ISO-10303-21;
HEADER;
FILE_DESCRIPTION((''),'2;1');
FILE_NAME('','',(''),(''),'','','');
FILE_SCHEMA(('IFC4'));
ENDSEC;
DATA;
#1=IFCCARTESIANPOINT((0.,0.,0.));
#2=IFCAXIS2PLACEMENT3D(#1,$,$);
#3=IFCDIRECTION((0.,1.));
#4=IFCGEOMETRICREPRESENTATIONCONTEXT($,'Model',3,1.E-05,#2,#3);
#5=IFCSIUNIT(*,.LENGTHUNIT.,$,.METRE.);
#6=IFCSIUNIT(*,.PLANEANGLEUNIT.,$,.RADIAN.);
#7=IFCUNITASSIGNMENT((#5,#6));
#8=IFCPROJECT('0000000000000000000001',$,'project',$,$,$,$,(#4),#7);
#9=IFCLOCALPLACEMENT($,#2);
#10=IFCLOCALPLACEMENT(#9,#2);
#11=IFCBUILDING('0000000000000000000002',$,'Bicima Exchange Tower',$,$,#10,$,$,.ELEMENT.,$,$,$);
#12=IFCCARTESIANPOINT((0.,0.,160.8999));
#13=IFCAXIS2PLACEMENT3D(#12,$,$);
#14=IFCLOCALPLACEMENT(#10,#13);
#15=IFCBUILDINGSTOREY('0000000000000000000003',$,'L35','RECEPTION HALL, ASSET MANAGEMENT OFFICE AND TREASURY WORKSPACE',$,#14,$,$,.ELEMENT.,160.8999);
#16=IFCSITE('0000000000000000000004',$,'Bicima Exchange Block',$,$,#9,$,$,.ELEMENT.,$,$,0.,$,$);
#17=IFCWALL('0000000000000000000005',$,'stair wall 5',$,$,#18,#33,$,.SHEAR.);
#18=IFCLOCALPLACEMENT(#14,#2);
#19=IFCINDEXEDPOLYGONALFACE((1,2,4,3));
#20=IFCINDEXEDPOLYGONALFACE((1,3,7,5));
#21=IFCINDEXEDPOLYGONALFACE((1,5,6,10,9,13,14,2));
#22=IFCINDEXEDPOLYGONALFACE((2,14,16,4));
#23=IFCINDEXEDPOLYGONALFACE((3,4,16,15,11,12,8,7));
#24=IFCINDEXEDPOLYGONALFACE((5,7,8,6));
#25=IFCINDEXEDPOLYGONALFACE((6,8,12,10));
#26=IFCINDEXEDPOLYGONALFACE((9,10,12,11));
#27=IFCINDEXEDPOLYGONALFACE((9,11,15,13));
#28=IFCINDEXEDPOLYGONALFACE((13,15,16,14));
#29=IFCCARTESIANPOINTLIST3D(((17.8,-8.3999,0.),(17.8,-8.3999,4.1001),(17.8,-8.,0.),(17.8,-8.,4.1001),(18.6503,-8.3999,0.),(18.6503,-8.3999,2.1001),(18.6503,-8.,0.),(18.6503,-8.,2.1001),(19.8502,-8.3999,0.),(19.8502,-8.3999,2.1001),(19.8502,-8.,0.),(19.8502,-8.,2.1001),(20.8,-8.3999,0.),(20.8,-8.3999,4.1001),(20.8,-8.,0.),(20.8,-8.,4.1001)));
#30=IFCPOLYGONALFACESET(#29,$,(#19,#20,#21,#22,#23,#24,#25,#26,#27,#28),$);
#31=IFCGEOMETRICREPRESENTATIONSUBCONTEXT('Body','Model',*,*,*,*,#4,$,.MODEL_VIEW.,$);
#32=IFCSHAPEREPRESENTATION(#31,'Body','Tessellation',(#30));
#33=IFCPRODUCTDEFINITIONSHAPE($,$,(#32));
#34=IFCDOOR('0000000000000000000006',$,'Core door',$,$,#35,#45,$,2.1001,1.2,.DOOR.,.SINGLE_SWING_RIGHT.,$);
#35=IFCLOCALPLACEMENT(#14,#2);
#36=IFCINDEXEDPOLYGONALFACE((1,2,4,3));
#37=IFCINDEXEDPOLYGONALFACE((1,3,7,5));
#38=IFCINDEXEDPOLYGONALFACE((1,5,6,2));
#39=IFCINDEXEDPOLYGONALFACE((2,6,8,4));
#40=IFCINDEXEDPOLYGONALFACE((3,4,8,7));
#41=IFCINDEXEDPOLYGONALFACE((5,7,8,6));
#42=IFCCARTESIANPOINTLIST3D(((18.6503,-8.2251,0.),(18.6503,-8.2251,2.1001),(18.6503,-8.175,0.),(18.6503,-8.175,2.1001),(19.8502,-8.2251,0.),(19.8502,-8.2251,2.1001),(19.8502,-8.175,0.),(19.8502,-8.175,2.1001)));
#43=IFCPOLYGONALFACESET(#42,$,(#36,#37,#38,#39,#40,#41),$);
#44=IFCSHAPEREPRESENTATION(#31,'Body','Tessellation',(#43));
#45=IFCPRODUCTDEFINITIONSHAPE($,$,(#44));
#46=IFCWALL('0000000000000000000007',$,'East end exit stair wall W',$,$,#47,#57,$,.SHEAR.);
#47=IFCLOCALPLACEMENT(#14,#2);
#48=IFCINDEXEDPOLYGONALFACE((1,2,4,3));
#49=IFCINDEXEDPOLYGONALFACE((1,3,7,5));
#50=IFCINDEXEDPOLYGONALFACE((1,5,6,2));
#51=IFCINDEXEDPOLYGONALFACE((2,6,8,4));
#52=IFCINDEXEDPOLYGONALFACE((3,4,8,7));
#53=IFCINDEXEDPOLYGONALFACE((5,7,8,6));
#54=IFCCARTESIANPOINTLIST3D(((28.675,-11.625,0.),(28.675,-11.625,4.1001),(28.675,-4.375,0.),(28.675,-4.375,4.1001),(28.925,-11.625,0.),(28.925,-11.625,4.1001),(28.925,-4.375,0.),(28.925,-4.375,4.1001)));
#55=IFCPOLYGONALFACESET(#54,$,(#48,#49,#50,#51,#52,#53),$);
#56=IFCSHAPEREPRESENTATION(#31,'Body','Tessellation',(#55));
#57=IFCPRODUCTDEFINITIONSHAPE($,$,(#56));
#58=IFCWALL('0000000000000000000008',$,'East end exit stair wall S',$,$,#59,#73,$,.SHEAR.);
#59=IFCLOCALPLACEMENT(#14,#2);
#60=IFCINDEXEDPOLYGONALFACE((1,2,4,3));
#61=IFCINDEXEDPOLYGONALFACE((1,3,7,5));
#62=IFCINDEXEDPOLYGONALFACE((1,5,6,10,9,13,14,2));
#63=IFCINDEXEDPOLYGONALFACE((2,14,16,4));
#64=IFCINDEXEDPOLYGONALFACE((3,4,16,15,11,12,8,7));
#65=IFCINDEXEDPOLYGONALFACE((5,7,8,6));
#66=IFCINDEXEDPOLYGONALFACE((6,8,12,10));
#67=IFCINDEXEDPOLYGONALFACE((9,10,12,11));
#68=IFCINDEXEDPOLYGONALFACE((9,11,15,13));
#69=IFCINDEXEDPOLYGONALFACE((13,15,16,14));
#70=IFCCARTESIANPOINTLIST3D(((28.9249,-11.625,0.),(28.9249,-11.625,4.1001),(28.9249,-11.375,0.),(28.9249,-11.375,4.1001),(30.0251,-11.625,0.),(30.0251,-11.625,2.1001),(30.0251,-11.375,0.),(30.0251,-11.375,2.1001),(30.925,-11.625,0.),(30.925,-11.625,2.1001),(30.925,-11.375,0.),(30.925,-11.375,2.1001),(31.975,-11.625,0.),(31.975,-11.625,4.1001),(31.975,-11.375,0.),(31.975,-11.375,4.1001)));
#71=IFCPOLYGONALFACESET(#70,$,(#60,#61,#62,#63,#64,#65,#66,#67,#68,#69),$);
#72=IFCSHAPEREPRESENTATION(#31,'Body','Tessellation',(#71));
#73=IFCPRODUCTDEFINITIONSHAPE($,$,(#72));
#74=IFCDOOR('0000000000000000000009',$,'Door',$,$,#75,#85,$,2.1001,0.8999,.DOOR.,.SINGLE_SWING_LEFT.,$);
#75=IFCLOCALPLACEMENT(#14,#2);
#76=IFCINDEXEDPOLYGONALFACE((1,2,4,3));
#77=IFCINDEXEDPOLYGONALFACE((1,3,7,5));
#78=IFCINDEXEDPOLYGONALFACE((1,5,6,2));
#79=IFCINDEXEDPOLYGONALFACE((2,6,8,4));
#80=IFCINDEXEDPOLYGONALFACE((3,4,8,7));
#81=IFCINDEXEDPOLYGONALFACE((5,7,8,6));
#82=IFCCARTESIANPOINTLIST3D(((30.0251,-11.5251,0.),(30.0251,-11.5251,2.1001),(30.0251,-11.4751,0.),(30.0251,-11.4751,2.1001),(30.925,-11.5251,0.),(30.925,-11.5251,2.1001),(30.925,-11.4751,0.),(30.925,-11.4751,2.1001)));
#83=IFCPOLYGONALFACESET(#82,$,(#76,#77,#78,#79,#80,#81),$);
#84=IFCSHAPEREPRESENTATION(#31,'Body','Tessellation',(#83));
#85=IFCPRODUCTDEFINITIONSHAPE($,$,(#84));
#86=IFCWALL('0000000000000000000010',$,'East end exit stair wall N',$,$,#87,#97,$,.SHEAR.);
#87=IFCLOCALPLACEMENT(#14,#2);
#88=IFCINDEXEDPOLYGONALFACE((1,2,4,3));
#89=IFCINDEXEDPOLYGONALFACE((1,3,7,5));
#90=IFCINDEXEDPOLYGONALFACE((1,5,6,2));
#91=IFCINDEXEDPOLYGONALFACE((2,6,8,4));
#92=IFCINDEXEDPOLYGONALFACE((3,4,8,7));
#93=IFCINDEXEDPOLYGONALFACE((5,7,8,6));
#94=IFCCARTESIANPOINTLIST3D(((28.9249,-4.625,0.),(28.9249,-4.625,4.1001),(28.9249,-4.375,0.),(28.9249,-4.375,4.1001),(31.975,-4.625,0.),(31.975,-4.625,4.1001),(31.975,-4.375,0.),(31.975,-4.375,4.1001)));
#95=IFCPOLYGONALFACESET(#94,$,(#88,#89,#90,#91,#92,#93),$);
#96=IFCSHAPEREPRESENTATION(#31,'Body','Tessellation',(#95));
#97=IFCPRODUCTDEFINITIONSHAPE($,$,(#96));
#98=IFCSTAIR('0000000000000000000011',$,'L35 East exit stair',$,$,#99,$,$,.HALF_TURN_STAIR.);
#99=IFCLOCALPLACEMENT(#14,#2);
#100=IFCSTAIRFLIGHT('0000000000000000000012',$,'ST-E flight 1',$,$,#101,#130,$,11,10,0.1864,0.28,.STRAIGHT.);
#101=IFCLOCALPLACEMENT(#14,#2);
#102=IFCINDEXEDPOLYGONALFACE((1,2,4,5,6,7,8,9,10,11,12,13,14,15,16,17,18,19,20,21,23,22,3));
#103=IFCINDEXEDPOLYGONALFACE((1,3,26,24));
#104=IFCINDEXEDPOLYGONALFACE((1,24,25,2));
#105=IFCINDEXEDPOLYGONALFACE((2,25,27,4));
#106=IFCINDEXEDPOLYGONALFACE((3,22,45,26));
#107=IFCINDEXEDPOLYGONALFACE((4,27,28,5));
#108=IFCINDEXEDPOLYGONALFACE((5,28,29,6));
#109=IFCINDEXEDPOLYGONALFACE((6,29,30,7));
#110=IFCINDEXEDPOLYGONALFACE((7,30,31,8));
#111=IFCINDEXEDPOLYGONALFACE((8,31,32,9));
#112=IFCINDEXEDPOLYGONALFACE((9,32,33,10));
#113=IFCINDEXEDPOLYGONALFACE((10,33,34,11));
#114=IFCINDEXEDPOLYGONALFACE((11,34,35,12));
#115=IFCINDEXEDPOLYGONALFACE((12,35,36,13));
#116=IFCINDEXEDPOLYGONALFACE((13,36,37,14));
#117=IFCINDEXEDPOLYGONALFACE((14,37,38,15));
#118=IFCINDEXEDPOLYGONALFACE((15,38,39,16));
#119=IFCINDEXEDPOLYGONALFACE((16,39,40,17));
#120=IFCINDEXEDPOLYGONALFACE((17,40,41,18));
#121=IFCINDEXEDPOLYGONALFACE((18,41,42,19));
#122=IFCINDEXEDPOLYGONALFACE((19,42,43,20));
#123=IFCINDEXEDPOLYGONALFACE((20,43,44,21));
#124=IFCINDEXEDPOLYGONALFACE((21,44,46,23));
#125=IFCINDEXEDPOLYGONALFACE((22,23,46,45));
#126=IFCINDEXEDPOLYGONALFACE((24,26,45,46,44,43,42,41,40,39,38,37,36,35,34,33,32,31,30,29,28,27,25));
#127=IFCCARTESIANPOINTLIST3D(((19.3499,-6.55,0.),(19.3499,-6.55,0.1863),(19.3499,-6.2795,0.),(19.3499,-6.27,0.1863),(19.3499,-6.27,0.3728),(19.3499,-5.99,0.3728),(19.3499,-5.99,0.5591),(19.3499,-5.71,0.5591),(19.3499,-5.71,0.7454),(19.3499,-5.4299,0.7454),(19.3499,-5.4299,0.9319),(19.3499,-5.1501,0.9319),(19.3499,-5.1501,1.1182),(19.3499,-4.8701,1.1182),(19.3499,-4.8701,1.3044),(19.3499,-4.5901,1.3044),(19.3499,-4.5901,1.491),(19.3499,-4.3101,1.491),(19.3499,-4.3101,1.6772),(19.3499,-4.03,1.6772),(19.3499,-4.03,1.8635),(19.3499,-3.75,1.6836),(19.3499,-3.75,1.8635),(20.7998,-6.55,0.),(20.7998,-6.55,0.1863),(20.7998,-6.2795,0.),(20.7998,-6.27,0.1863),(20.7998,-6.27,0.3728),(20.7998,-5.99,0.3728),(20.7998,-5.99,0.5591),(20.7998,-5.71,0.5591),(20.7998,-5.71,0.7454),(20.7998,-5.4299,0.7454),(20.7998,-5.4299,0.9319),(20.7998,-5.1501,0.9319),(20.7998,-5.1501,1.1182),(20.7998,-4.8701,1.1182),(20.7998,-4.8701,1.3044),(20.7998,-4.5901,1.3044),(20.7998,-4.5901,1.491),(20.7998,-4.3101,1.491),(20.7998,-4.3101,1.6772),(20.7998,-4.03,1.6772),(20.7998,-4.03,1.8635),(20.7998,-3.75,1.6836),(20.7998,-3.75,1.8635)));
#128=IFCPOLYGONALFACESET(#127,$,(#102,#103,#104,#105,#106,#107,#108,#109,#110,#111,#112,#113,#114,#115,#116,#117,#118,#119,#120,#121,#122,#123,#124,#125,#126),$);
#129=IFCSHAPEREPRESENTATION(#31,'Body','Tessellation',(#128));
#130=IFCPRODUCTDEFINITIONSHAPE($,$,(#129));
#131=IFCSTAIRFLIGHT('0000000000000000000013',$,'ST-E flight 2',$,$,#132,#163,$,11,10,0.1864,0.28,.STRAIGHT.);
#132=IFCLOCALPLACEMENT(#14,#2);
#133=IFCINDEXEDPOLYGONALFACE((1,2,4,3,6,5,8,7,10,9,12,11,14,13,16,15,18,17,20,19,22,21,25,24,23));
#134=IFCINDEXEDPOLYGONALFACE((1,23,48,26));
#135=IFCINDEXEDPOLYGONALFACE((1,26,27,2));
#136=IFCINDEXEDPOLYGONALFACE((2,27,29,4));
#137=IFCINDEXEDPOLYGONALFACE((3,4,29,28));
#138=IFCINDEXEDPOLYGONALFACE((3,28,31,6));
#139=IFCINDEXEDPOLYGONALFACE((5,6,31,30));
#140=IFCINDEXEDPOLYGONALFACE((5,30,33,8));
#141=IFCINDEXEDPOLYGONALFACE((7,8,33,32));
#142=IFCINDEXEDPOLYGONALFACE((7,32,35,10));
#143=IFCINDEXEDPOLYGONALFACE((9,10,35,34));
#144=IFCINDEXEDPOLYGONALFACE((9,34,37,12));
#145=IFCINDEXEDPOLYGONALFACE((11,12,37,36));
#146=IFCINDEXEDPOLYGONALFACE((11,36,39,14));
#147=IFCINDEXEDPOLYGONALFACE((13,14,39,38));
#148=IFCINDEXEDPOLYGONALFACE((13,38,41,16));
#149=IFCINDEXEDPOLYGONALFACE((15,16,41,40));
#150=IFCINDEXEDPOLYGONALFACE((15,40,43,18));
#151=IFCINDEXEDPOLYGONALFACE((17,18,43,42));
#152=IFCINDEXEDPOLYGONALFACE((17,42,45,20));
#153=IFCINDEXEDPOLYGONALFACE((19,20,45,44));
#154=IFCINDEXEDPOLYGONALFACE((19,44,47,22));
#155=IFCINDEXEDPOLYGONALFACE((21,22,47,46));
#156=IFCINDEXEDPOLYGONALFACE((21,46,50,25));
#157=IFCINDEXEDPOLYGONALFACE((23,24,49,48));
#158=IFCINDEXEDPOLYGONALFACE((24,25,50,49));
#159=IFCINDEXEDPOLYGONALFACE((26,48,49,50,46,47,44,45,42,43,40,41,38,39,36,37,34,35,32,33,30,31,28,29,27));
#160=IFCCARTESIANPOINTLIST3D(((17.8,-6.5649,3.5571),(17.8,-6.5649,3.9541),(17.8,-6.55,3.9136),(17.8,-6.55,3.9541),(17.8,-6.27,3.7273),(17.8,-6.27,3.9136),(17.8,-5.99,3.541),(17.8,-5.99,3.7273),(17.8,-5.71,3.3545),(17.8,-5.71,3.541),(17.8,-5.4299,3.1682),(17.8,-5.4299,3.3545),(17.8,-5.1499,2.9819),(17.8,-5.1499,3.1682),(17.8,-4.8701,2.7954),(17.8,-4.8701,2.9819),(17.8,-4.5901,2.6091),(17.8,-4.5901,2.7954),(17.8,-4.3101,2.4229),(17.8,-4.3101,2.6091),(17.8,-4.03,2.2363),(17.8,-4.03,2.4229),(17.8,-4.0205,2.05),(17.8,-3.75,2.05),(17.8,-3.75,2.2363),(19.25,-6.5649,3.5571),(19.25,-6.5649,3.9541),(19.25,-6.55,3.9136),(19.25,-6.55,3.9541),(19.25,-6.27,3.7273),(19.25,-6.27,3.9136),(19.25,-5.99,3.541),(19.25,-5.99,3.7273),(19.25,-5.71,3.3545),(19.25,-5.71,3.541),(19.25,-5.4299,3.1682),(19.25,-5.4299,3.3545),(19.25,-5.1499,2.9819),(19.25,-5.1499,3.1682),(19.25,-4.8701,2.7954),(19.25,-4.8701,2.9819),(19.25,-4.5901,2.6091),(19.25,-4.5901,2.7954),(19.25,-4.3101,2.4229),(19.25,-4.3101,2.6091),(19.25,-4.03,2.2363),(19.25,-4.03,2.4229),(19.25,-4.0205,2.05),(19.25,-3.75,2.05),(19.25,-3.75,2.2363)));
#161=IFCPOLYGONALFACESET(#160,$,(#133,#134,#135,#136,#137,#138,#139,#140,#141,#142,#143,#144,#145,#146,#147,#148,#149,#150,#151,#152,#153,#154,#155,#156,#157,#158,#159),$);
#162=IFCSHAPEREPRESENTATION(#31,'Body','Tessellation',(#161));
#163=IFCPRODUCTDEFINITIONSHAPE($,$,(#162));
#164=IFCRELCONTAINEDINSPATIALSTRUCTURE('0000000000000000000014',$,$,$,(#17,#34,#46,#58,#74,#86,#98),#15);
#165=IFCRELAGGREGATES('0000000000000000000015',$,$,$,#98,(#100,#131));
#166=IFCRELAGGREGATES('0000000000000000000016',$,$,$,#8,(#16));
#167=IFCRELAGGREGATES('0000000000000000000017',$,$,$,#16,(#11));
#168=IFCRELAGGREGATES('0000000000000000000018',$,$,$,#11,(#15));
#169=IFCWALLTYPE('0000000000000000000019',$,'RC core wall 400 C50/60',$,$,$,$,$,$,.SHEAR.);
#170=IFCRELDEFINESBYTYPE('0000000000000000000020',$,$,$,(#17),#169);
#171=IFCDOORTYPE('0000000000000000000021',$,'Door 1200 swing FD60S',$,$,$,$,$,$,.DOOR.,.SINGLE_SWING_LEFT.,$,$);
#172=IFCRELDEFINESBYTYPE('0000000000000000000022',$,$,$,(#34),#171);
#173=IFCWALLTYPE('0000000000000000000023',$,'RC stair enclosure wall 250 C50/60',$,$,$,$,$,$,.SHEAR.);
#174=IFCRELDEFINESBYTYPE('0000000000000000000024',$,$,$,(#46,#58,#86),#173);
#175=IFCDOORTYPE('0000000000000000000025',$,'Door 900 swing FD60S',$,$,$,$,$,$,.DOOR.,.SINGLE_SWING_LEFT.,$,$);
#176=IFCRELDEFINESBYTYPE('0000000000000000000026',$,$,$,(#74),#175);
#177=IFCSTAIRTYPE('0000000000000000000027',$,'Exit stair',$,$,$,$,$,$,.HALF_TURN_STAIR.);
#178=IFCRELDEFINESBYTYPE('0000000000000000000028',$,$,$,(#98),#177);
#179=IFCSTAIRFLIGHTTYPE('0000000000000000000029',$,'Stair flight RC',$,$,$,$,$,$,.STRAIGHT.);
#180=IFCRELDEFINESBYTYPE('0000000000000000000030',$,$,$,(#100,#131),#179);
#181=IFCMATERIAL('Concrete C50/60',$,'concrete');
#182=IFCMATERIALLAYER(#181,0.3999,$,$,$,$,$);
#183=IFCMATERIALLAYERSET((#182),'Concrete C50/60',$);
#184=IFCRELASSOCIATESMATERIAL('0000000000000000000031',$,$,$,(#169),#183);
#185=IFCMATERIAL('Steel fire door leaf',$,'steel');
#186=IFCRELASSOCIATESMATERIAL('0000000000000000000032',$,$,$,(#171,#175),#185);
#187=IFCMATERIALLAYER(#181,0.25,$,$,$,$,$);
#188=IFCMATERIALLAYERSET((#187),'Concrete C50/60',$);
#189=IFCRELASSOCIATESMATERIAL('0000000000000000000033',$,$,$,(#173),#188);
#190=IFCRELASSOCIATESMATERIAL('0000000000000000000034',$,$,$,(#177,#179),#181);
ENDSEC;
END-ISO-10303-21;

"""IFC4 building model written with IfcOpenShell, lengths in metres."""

from ifc_helpers import new_model, si_unit, direction, frame, frame_2d, origin, place, context, subcontext, project, spatial, polyline, rectangle, outline, extrude, material, layer, layer_set, type_object, element, fill, aggregate, save


model = new_model("IFC4")

# Units and contexts
model_context = context("Model", 3, precision=1e-05, world=origin(), true_north=direction((0.0, 1.0)))
body_context = subcontext(model_context, "Body", "Model", "MODEL_VIEW")
ifc_project = project(units=[si_unit("LENGTHUNIT", "METRE"), si_unit("PLANEANGLEUNIT", "RADIAN")], contexts=[model_context])

# Site, building, storey
site_placement = place(None, origin())
site = spatial("IfcSite", under=ifc_project, at=site_placement, Name="Bicima Exchange Block", CompositionType="ELEMENT", RefElevation=0.0)
building_placement = place(site_placement, origin())
building = spatial("IfcBuilding", under=site, at=building_placement, Name="Bicima Exchange Tower", CompositionType="ELEMENT")
storey_placement = place(building_placement, frame((0.0, 0.0, 160.8999)))
storey = spatial("IfcBuildingStorey", under=building, at=storey_placement, Name="L35", Description="RECEPTION HALL, ASSET MANAGEMENT OFFICE AND TREASURY WORKSPACE", CompositionType="ELEMENT", Elevation=160.8999)

# Shared definitions
ifc_material_1 = material(Name="Concrete C50/60", Category="concrete")

# Wall, opening, door
ifc_layer_1 = layer(ifc_material_1, 0.3999)
ifc_layer_set_1 = layer_set([ifc_layer_1], Name="Concrete C50/60")
wall_type_1 = type_object("IfcWallType", Name="RC core wall 400 C50/60", PredefinedType="SHEAR", material=ifc_layer_set_1)
wall_1_placement = place(storey_placement, frame((17.8, -8.2, 0.0), z_axis=(0.0, 0.0, 1.0), x_axis=(1.0, 0.0, 0.0)))
wall_1 = element("IfcWall", 1, at=wall_1_placement, inside=storey, type_object=wall_type_1, Name="stair wall 5", PredefinedType="SHEAR", context=body_context, shape_type="SweptSolid", body=[
    extrude(rectangle(XDim=3.0, YDim=0.3999, at=frame_2d((1.5, 0.0))), origin(), (0.0, 0.0, 1.0), 4.1001),
])
opening_1_placement = place(wall_1_placement, frame((0.8501, 0.0, 0.0)))
opening_1 = element("IfcOpeningElement", 2, at=opening_1_placement, cuts=wall_1, PredefinedType="OPENING", context=body_context, shape_type="SweptSolid", body=[
    extrude(rectangle(XDim=1.2, YDim=2.1001, at=frame_2d((0.6001, 1.05))), frame((0.0, 0.2119, 0.0), z_axis=(0.0, -1.0, 0.0), x_axis=(1.0, 0.0, 0.0)), (0.0, 0.0, 1.0), 0.4238),
])
ifc_material_2 = material(Name="Steel fire door leaf", Category="steel")
door_type_1 = type_object("IfcDoorType", Name="Door 1200 swing FD60S", OperationType="SINGLE_SWING_LEFT", PredefinedType="DOOR", material=ifc_material_2)
door_1_placement = place(opening_1_placement, origin())
door_1 = element("IfcDoor", 3, at=door_1_placement, inside=storey, type_object=door_type_1, Name="Core door", OperationType="SINGLE_SWING_RIGHT", OverallHeight=2.1001, OverallWidth=1.2, PredefinedType="DOOR", context=body_context, shape_type="SweptSolid", body=[
    extrude(rectangle(XDim=1.2, YDim=2.1001, at=frame_2d((0.6001, 1.05))), frame((0.0, 0.0249, 0.0), z_axis=(0.0, -1.0, 0.0), x_axis=(1.0, 0.0, 0.0)), (0.0, 0.0, 1.0), 0.05),
])
fill(opening_1, door_1)

# Wall
ifc_layer_2 = layer(ifc_material_1, 0.25)
ifc_layer_set_2 = layer_set([ifc_layer_2], Name="Concrete C50/60")
wall_type_2 = type_object("IfcWallType", Name="RC stair enclosure wall 250 C50/60", PredefinedType="SHEAR", material=ifc_layer_set_2)
wall_2_placement = place(storey_placement, frame((28.8, -11.625, 0.0), z_axis=(0.0, 0.0, 1.0), x_axis=(0.0, 1.0, 0.0)))
element("IfcWall", 4, at=wall_2_placement, inside=storey, type_object=wall_type_2, Name="East end exit stair wall W", PredefinedType="SHEAR", context=body_context, shape_type="SweptSolid", body=[
    extrude(rectangle(XDim=7.25, YDim=0.25, at=frame_2d((3.625, 0.0))), origin(), (0.0, 0.0, 1.0), 4.1001),
])

# Wall, opening, door
wall_3_placement = place(storey_placement, frame((28.925, -11.5, 0.0), z_axis=(0.0, 0.0, 1.0), x_axis=(1.0, 0.0, 0.0)))
wall_3 = element("IfcWall", 5, at=wall_3_placement, inside=storey, type_object=wall_type_2, Name="East end exit stair wall S", PredefinedType="SHEAR", context=body_context, shape_type="SweptSolid", body=[
    extrude(rectangle(XDim=3.05, YDim=0.25, at=frame_2d((1.5249, 0.0))), origin(), (0.0, 0.0, 1.0), 4.1001),
])
opening_2_placement = place(wall_3_placement, frame((1.1001, 0.0, 0.0)))
opening_2 = element("IfcOpeningElement", 6, at=opening_2_placement, cuts=wall_3, PredefinedType="OPENING", context=body_context, shape_type="SweptSolid", body=[
    extrude(rectangle(XDim=0.8999, YDim=2.1001, at=frame_2d((0.45, 1.05))), frame((0.0, 0.137, 0.0), z_axis=(0.0, -1.0, 0.0), x_axis=(1.0, 0.0, 0.0)), (0.0, 0.0, 1.0), 0.2739),
])
door_type_2 = type_object("IfcDoorType", Name="Door 900 swing FD60S", OperationType="SINGLE_SWING_LEFT", PredefinedType="DOOR", material=ifc_material_2)
door_2_placement = place(opening_2_placement, origin())
door_2 = element("IfcDoor", 7, at=door_2_placement, inside=storey, type_object=door_type_2, Name="Door", OperationType="SINGLE_SWING_LEFT", OverallHeight=2.1001, OverallWidth=0.8999, PredefinedType="DOOR", context=body_context, shape_type="SweptSolid", body=[
    extrude(rectangle(XDim=0.8999, YDim=2.1001, at=frame_2d((0.45, 1.05))), frame((0.0, 0.0249, 0.0), z_axis=(0.0, -1.0, 0.0), x_axis=(1.0, 0.0, 0.0)), (0.0, 0.0, 1.0), 0.05),
])
fill(opening_2, door_2)

# Wall
wall_4_placement = place(storey_placement, frame((28.925, -4.5, 0.0), z_axis=(0.0, 0.0, 1.0), x_axis=(1.0, 0.0, 0.0)))
element("IfcWall", 8, at=wall_4_placement, inside=storey, type_object=wall_type_2, Name="East end exit stair wall N", PredefinedType="SHEAR", context=body_context, shape_type="SweptSolid", body=[
    extrude(rectangle(XDim=3.05, YDim=0.25, at=frame_2d((1.5249, 0.0))), origin(), (0.0, 0.0, 1.0), 4.1001),
])

# Stair, stair flights
stair_type = type_object("IfcStairType", Name="Exit stair", PredefinedType="HALF_TURN_STAIR", material=ifc_material_1)
stair_1_placement = place(storey_placement, origin())
stair_1 = element("IfcStair", 9, at=stair_1_placement, inside=storey, type_object=stair_type, Name="L35 East exit stair", PredefinedType="HALF_TURN_STAIR")
stair_flight_type = type_object("IfcStairFlightType", Name="Stair flight RC", PredefinedType="STRAIGHT", material=ifc_material_1)
stair_flight_1_placement = place(storey_placement, frame((20.075, -6.55, 0.0), z_axis=(0.0, 0.0, 1.0), x_axis=(0.0, 1.0, 0.0)))
stair_flight_1 = element("IfcStairFlight", 10, at=stair_flight_1_placement, type_object=stair_flight_type, Name="ST-E flight 1", NumberOfRisers=11, NumberOfTreads=10, PredefinedType="STRAIGHT", RiserHeight=0.1864, TreadLength=0.28, context=body_context, shape_type="SweptSolid", body=[
    extrude(outline(polyline([(0.0, 0.0), (0.0, 0.1863), (0.28, 0.1863), (0.28, 0.3728), (0.5601, 0.3728), (0.5601, 0.5591), (0.8401, 0.5591), (0.8401, 0.7454), (1.1201, 0.7454), (1.1201, 0.9319), (1.3999, 0.9319), (1.3999, 1.1182), (1.6799, 1.1182), (1.6799, 1.3044), (1.96, 1.3044), (1.96, 1.491), (2.24, 1.491), (2.24, 1.6772), (2.52, 1.6772), (2.52, 1.8635), (2.8, 1.8635), (2.8, 2.05), (2.8, 1.6836), (0.2705, 0.0), (0.0, 0.0)])), frame((0.0, 0.7251, 0.0), z_axis=(0.0, -1.0, 0.0), x_axis=(1.0, 0.0, 0.0)), (0.0, 0.0, 1.0), 1.45),
])
stair_flight_2_placement = place(storey_placement, frame((18.5249, -3.75, 2.05), z_axis=(0.0, 0.0, 1.0), x_axis=(0.0, -1.0, 0.0)))
stair_flight_2 = element("IfcStairFlight", 11, at=stair_flight_2_placement, type_object=stair_flight_type, Name="ST-E flight 2", NumberOfRisers=11, NumberOfTreads=10, PredefinedType="STRAIGHT", RiserHeight=0.1864, TreadLength=0.28, context=body_context, shape_type="SweptSolid", body=[
    extrude(outline(polyline([(0.0, 0.0), (0.0, 0.1863), (0.28, 0.1863), (0.28, 0.3728), (0.5601, 0.3728), (0.5601, 0.5591), (0.8401, 0.5591), (0.8401, 0.7454), (1.1201, 0.7454), (1.1201, 0.9319), (1.3999, 0.9319), (1.3999, 1.1182), (1.6799, 1.1182), (1.6799, 1.3044), (1.96, 1.3044), (1.96, 1.491), (2.24, 1.491), (2.24, 1.6772), (2.52, 1.6772), (2.52, 1.8635), (2.8, 1.8635), (2.8, 1.9041), (2.8149, 1.9041), (2.8149, 1.5071), (0.2705, 0.0), (0.0, 0.0)])), frame((0.0, 0.7251, 0.0), z_axis=(0.0, -1.0, 0.0), x_axis=(1.0, 0.0, 0.0)), (0.0, 0.0, 1.0), 1.45),
])
aggregate(stair_1, [stair_flight_1, stair_flight_2])

save(model, "model.ifc")
